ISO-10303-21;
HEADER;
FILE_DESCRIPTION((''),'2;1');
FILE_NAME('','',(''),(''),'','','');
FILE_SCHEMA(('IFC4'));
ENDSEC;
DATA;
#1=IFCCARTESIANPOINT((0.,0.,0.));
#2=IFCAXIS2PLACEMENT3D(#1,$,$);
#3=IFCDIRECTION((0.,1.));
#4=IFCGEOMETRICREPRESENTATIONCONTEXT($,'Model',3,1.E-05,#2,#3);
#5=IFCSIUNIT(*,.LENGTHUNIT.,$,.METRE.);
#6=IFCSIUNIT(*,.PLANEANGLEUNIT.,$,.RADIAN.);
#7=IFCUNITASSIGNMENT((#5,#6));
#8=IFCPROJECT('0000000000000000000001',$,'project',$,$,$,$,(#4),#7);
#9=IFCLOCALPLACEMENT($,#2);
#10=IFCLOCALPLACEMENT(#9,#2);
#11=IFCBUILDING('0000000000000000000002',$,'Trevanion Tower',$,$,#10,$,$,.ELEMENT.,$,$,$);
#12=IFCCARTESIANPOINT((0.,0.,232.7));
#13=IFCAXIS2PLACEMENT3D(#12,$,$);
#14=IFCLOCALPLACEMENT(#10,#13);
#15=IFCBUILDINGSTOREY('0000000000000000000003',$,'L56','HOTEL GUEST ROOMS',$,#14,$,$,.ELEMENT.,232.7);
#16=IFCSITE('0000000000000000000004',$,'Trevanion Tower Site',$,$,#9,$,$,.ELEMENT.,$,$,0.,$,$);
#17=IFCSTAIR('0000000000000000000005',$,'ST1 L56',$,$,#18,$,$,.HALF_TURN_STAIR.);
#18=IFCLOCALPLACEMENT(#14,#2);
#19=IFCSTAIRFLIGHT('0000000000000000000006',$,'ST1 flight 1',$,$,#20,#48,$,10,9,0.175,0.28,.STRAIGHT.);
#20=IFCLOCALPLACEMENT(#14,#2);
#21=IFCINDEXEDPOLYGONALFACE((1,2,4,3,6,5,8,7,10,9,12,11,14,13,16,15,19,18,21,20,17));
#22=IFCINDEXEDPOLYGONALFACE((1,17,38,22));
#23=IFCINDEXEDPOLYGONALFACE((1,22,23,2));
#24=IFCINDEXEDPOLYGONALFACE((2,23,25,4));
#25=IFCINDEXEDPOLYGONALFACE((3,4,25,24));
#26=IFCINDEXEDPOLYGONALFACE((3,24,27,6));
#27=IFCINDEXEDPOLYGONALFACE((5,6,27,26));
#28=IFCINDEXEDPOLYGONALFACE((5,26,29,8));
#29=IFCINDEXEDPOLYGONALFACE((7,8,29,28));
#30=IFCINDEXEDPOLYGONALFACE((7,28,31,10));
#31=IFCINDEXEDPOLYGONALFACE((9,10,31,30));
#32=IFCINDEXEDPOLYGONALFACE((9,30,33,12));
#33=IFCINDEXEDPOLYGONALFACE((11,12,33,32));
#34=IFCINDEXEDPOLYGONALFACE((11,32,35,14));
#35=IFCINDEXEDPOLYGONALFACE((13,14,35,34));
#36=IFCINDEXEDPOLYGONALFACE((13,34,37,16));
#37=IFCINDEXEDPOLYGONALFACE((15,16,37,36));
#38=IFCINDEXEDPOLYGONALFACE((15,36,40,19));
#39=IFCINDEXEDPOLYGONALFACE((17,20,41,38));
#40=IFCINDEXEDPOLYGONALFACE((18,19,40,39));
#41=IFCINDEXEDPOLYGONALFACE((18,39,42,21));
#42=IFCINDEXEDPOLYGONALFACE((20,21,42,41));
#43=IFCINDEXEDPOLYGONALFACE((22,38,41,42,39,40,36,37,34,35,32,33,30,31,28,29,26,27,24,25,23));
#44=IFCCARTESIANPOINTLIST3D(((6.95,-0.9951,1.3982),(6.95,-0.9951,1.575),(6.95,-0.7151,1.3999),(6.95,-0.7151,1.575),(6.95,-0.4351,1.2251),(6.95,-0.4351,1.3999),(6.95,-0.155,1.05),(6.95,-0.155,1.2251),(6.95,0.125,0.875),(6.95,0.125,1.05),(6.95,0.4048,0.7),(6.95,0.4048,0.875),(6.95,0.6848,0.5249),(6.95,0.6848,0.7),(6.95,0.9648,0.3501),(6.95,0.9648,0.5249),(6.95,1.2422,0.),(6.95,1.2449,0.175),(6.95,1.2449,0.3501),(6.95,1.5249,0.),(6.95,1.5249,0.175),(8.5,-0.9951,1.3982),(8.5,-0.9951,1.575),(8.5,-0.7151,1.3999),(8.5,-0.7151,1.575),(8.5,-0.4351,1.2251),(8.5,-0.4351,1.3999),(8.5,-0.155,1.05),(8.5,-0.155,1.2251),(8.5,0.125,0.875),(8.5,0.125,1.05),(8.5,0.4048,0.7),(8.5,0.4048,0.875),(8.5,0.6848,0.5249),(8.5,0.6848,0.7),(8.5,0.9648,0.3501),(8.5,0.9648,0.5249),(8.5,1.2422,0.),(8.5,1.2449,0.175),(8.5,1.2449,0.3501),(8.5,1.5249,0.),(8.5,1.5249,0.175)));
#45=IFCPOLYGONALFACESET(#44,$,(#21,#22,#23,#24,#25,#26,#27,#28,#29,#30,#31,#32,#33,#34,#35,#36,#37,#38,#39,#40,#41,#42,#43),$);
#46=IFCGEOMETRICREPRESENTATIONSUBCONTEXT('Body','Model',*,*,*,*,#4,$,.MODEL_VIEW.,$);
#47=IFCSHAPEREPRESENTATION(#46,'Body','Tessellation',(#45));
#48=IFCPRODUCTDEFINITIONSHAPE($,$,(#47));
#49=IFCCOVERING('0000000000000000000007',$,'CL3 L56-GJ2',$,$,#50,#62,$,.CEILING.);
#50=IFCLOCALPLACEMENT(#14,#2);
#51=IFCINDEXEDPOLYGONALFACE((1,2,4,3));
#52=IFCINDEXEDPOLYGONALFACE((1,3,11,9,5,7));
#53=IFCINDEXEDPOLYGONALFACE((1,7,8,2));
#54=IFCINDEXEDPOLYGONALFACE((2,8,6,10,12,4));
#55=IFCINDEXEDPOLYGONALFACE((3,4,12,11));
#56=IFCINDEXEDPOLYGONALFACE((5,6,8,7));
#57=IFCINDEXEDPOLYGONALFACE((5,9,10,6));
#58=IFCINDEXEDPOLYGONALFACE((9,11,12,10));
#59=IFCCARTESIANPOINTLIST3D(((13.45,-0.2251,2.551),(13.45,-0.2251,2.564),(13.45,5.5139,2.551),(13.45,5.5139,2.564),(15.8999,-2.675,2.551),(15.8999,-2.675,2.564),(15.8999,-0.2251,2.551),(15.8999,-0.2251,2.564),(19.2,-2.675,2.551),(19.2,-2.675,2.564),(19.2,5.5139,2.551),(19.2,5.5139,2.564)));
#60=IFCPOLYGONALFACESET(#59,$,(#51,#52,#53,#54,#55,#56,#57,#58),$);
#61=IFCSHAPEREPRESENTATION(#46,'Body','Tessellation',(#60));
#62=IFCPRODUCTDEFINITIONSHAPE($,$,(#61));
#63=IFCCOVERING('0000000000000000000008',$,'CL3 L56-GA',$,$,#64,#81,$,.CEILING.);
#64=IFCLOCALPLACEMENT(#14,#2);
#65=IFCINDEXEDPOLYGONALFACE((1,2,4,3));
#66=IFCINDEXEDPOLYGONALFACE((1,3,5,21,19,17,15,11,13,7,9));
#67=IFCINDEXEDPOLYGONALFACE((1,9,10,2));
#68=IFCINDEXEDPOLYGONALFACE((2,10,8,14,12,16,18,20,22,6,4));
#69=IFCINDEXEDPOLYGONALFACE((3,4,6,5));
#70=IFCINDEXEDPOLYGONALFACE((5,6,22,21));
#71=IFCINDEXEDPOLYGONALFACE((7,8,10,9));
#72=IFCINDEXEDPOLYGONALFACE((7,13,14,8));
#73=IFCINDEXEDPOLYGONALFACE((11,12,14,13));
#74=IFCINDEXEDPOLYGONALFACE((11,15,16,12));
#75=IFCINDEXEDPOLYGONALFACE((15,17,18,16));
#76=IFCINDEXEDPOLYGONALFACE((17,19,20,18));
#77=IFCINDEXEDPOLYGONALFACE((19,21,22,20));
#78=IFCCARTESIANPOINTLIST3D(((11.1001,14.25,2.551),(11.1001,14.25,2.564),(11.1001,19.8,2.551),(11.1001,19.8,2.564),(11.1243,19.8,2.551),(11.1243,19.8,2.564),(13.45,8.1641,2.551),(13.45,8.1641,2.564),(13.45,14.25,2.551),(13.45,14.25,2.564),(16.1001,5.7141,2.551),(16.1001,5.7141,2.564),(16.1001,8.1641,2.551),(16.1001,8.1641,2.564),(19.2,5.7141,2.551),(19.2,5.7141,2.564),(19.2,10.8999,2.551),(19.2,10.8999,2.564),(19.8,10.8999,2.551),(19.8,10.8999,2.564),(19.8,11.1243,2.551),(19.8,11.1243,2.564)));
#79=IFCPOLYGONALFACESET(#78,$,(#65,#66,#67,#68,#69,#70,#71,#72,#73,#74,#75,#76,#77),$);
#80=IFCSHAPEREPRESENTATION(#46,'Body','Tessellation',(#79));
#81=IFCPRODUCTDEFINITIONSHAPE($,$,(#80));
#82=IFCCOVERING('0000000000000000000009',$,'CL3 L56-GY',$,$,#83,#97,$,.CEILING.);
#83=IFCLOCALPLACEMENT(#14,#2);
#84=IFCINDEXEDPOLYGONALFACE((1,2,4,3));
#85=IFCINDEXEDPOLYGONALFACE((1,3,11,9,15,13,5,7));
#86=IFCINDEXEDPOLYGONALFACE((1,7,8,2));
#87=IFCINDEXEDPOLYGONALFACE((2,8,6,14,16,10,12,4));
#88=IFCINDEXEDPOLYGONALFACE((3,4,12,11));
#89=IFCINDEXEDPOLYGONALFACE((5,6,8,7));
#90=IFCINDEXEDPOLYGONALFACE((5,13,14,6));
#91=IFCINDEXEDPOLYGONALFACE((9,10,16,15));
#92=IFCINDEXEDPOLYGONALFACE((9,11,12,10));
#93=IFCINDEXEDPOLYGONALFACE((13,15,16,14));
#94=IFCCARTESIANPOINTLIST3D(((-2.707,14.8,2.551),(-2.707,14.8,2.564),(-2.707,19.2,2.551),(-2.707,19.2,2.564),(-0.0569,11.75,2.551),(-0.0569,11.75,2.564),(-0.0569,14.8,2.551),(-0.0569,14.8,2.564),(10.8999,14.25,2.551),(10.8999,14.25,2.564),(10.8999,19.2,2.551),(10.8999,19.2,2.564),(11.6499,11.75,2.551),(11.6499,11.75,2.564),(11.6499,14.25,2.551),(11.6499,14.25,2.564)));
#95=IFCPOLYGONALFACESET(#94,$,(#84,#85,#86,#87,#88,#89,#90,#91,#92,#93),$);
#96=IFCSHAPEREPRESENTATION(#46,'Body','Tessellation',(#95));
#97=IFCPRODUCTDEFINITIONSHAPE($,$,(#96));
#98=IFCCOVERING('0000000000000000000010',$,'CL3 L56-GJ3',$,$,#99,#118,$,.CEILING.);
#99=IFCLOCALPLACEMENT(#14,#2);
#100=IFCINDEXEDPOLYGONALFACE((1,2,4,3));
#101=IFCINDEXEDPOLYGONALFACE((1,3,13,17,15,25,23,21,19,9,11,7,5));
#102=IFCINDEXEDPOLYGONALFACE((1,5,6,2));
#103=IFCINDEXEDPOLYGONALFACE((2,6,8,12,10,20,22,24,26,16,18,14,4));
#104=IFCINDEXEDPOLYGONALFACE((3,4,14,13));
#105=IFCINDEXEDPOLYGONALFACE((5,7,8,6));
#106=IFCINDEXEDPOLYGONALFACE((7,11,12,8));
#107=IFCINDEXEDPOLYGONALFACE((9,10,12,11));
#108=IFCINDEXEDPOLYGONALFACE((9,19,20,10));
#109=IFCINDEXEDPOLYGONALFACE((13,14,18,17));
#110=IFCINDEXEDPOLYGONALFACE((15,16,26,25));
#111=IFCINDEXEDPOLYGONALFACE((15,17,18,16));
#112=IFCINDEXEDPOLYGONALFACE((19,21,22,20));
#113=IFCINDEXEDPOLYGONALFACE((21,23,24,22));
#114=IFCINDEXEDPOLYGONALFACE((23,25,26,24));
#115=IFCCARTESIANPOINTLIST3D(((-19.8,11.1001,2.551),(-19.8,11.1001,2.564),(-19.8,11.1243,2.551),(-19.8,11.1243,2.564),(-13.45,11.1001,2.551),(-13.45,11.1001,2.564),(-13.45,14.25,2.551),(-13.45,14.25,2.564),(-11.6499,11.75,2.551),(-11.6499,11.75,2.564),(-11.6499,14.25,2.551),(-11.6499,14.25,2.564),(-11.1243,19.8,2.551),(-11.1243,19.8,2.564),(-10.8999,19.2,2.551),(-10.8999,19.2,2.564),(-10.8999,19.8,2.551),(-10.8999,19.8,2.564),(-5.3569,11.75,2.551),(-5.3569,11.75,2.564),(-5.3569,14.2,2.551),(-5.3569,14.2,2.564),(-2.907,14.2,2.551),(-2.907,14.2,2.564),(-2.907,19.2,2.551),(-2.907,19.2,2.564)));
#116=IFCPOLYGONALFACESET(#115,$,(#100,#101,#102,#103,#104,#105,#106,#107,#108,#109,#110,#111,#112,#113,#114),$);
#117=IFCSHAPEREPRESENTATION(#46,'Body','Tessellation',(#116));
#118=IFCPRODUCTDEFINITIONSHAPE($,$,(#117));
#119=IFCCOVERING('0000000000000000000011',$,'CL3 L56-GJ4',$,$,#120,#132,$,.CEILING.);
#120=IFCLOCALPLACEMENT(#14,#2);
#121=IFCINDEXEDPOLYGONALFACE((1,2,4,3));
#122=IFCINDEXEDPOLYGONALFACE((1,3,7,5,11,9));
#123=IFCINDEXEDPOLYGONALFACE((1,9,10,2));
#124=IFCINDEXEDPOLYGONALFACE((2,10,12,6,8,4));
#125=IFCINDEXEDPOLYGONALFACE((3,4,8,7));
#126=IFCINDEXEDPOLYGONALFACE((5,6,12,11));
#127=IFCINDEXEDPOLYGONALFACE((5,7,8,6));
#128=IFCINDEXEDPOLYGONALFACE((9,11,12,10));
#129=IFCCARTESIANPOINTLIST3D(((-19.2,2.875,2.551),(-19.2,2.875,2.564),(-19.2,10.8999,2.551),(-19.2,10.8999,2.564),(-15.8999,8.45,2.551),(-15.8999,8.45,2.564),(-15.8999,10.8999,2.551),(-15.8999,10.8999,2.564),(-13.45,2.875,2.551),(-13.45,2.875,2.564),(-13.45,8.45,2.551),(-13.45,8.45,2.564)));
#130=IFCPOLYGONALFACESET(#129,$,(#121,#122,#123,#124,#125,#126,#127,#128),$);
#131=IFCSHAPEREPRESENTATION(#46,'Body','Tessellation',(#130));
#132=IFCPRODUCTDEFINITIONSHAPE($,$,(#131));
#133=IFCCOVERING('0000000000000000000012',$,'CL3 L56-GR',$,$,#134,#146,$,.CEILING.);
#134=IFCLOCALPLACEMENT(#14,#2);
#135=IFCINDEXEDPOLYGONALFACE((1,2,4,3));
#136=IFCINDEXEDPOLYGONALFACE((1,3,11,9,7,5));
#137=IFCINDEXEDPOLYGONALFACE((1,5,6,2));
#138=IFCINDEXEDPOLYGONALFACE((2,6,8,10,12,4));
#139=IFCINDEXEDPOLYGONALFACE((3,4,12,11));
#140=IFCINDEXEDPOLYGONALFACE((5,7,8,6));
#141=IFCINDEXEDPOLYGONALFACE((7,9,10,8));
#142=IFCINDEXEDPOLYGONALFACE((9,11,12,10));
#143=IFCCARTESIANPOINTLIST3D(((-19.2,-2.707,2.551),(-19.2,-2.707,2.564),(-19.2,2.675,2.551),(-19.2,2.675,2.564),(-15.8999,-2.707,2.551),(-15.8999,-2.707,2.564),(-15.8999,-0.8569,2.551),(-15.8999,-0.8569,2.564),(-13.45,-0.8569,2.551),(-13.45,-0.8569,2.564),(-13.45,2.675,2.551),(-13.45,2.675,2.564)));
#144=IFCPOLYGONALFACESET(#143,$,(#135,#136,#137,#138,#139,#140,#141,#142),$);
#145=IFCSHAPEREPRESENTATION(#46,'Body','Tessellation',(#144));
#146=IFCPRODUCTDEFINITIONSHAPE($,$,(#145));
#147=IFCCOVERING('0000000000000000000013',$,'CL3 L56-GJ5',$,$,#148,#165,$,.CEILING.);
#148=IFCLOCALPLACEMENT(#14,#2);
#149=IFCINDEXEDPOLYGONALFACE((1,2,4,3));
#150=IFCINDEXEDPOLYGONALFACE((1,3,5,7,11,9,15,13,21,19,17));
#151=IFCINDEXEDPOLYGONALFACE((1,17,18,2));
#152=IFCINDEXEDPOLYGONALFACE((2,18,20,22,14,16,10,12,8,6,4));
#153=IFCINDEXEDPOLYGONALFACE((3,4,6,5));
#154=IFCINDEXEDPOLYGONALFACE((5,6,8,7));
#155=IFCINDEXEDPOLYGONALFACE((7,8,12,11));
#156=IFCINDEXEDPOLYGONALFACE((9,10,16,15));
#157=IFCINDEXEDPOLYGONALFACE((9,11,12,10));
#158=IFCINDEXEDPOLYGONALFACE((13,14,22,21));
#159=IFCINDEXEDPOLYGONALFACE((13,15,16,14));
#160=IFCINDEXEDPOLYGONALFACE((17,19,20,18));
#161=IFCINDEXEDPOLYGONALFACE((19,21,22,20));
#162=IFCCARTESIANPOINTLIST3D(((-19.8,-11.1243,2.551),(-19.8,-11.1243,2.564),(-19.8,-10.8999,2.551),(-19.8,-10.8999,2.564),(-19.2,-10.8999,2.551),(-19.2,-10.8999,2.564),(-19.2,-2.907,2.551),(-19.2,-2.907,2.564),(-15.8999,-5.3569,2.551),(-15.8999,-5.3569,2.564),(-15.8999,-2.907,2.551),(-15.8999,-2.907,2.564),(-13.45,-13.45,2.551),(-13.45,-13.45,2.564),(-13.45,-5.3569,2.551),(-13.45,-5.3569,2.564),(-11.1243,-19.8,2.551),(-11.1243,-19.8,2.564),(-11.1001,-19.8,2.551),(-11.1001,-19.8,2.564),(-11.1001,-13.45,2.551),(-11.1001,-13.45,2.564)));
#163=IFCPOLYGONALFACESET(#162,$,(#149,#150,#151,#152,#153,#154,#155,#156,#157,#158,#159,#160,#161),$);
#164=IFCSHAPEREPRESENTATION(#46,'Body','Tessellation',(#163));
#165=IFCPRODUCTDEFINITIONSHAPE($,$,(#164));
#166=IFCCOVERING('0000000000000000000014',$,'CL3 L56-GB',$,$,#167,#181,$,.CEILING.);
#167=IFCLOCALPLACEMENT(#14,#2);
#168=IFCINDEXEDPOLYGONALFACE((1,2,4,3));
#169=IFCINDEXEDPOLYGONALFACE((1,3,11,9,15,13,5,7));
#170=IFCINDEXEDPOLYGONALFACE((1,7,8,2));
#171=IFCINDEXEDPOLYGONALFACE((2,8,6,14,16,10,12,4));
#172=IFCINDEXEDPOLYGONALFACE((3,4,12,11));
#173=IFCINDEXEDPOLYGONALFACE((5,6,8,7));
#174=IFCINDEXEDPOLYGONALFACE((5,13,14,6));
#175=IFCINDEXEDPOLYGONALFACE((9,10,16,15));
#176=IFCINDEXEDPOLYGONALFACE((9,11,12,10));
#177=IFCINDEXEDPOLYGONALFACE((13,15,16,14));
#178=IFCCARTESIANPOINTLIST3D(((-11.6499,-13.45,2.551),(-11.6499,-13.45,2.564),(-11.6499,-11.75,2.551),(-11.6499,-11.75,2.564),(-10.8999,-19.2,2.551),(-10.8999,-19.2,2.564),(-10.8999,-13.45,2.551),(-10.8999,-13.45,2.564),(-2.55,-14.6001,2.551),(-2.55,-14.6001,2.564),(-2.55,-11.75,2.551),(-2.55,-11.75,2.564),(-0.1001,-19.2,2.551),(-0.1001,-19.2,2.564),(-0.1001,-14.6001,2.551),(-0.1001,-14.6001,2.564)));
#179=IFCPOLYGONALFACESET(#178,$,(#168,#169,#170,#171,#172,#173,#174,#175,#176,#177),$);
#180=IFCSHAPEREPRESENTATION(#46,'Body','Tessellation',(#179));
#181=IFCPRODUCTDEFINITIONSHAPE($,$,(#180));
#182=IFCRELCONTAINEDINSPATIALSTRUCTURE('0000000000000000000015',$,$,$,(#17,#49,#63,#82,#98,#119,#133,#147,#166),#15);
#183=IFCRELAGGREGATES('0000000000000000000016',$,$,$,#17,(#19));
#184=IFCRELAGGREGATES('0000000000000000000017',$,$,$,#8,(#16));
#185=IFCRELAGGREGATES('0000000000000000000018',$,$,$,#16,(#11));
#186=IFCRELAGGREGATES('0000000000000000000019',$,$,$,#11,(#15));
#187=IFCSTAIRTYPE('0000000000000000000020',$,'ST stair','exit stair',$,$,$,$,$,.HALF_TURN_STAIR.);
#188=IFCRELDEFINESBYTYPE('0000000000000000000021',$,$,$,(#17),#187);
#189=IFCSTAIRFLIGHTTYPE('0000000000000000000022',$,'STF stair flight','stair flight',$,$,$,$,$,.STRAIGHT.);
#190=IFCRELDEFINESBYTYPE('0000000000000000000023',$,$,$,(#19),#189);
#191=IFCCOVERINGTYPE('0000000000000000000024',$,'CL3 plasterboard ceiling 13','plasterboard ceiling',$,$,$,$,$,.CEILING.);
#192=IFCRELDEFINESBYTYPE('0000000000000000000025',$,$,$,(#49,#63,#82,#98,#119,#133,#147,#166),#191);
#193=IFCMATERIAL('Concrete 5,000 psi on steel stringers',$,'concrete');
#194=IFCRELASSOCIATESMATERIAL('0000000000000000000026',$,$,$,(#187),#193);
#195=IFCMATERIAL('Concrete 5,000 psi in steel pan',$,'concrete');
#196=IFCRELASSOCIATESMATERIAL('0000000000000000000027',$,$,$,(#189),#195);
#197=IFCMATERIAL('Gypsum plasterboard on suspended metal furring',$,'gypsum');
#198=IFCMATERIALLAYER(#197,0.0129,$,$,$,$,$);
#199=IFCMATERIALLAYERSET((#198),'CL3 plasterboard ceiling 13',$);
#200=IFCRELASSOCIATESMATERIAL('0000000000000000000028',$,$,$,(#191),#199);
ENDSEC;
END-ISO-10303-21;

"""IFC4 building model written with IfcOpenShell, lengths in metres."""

from ifc_helpers import new_model, si_unit, direction, frame, origin, place, context, subcontext, project, spatial, polyline, outline, extrude, material, layer, layer_set, type_object, element, aggregate, save


model = new_model("IFC4")

# Units and contexts
model_context = context("Model", 3, precision=1e-05, world=origin(), true_north=direction((0.0, 1.0)))
body_context = subcontext(model_context, "Body", "Model", "MODEL_VIEW")
ifc_project = project(units=[si_unit("LENGTHUNIT", "METRE"), si_unit("PLANEANGLEUNIT", "RADIAN")], contexts=[model_context])

# Site, building, storey
site_placement = place(None, origin())
site = spatial("IfcSite", under=ifc_project, at=site_placement, Name="Trevanion Tower Site", CompositionType="ELEMENT", RefElevation=0.0)
building_placement = place(site_placement, origin())
building = spatial("IfcBuilding", under=site, at=building_placement, Name="Trevanion Tower", CompositionType="ELEMENT")
storey_placement = place(building_placement, frame((0.0, 0.0, 232.7)))
storey = spatial("IfcBuildingStorey", under=building, at=storey_placement, Name="L56", Description="HOTEL GUEST ROOMS", CompositionType="ELEMENT", Elevation=232.7)

# Stair, stair flight
ifc_material_1 = material(Name="Concrete 5,000 psi on steel stringers", Category="concrete")
stair_type = type_object("IfcStairType", Name="ST stair", Description="exit stair", PredefinedType="HALF_TURN_STAIR", material=ifc_material_1)
stair_placement = place(storey_placement, origin())
stair = element("IfcStair", 1, at=stair_placement, inside=storey, type_object=stair_type, Name="ST1 L56", PredefinedType="HALF_TURN_STAIR")
ifc_material_2 = material(Name="Concrete 5,000 psi in steel pan", Category="concrete")
stair_flight_type = type_object("IfcStairFlightType", Name="STF stair flight", Description="stair flight", PredefinedType="STRAIGHT", material=ifc_material_2)
stair_flight_placement = place(storey_placement, frame((7.7251, 1.5249, 0.0), z_axis=(0.0, 0.0, 1.0), x_axis=(0.0, -1.0, 0.0)))
stair_flight = element("IfcStairFlight", 2, at=stair_flight_placement, type_object=stair_flight_type, Name="ST1 flight 1", NumberOfRisers=10, NumberOfTreads=9, PredefinedType="STRAIGHT", RiserHeight=0.175, TreadLength=0.28, context=body_context, shape_type="SweptSolid", body=[
    extrude(outline(polyline([(0.0, 0.0), (0.0, 0.175), (0.28, 0.175), (0.28, 0.3501), (0.5601, 0.3501), (0.5601, 0.5249), (0.8401, 0.5249), (0.8401, 0.7), (1.1201, 0.7), (1.1201, 0.875), (1.3999, 0.875), (1.3999, 1.05), (1.6799, 1.05), (1.6799, 1.2251), (1.96, 1.2251), (1.96, 1.3999), (2.24, 1.3999), (2.24, 1.575), (2.52, 1.575), (2.52, 1.75), (2.52, 1.3982), (0.2827, 0.0), (0.0, 0.0)])), frame((0.0, 0.7749, 0.0), z_axis=(0.0, -1.0, 0.0), x_axis=(1.0, 0.0, 0.0)), (0.0, 0.0, 1.0), 1.55),
])
aggregate(stair, [stair_flight])

# Coverings
ifc_material_3 = material(Name="Gypsum plasterboard on suspended metal furring", Category="gypsum")
ifc_layer_1 = layer(ifc_material_3, 0.0129)
ifc_layer_set_1 = layer_set([ifc_layer_1], Name="CL3 plasterboard ceiling 13")
covering_type_1 = type_object("IfcCoveringType", Name="CL3 plasterboard ceiling 13", Description="plasterboard ceiling", PredefinedType="CEILING", material=ifc_layer_set_1)
covering_1_placement = place(storey_placement, frame((0.0, 0.0, 2.551)))
element("IfcCovering", 3, at=covering_1_placement, inside=storey, type_object=covering_type_1, Name="CL3 L56-GJ2", PredefinedType="CEILING", context=body_context, shape_type="SweptSolid", body=[
    extrude(outline(polyline([(13.45, 5.5139), (19.2, 5.5139), (19.2, -2.675), (15.8999, -2.675), (15.8999, -0.2251), (13.45, -0.2251), (13.45, 5.5139)])), origin(), (0.0, 0.0, 1.0), 0.0129),
])
covering_2_placement = place(storey_placement, frame((0.0, 0.0, 2.551)))
element("IfcCovering", 4, at=covering_2_placement, inside=storey, type_object=covering_type_1, Name="CL3 L56-GA", PredefinedType="CEILING", context=body_context, shape_type="SweptSolid", body=[
    extrude(outline(polyline([(11.1001, 14.25), (11.1001, 19.8), (11.1243, 19.8), (19.8, 11.1243), (19.8, 10.8999), (19.2, 10.8999), (19.2, 5.7141), (16.1001, 5.7141), (16.1001, 8.1641), (13.45, 8.1641), (13.45, 14.25), (11.1001, 14.25)])), origin(), (0.0, 0.0, 1.0), 0.0129),
])
covering_3_placement = place(storey_placement, frame((0.0, 0.0, 2.551)))
element("IfcCovering", 5, at=covering_3_placement, inside=storey, type_object=covering_type_1, Name="CL3 L56-GY", PredefinedType="CEILING", context=body_context, shape_type="SweptSolid", body=[
    extrude(outline(polyline([(-2.707, 19.2), (10.8999, 19.2), (10.8999, 14.25), (11.6499, 14.25), (11.6499, 11.75), (-0.0569, 11.75), (-0.0569, 14.8), (-2.707, 14.8), (-2.707, 19.2)])), origin(), (0.0, 0.0, 1.0), 0.0129),
])
covering_4_placement = place(storey_placement, frame((0.0, 0.0, 2.551)))
element("IfcCovering", 6, at=covering_4_placement, inside=storey, type_object=covering_type_1, Name="CL3 L56-GJ3", PredefinedType="CEILING", context=body_context, shape_type="SweptSolid", body=[
    extrude(outline(polyline([(-13.45, 11.1001), (-19.8, 11.1001), (-19.8, 11.1243), (-11.1243, 19.8), (-10.8999, 19.8), (-10.8999, 19.2), (-2.907, 19.2), (-2.907, 14.2), (-5.3569, 14.2), (-5.3569, 11.75), (-11.6499, 11.75), (-11.6499, 14.25), (-13.45, 14.25), (-13.45, 11.1001)])), origin(), (0.0, 0.0, 1.0), 0.0129),
])
covering_5_placement = place(storey_placement, frame((0.0, 0.0, 2.551)))
element("IfcCovering", 7, at=covering_5_placement, inside=storey, type_object=covering_type_1, Name="CL3 L56-GJ4", PredefinedType="CEILING", context=body_context, shape_type="SweptSolid", body=[
    extrude(outline(polyline([(-13.45, 2.875), (-19.2, 2.875), (-19.2, 10.8999), (-15.8999, 10.8999), (-15.8999, 8.45), (-13.45, 8.45), (-13.45, 2.875)])), origin(), (0.0, 0.0, 1.0), 0.0129),
])
covering_6_placement = place(storey_placement, frame((0.0, 0.0, 2.551)))
element("IfcCovering", 8, at=covering_6_placement, inside=storey, type_object=covering_type_1, Name="CL3 L56-GR", PredefinedType="CEILING", context=body_context, shape_type="SweptSolid", body=[
    extrude(outline(polyline([(-13.45, -0.8569), (-15.8999, -0.8569), (-15.8999, -2.707), (-19.2, -2.707), (-19.2, 2.675), (-13.45, 2.675), (-13.45, -0.8569)])), origin(), (0.0, 0.0, 1.0), 0.0129),
])
covering_7_placement = place(storey_placement, frame((0.0, 0.0, 2.551)))
element("IfcCovering", 9, at=covering_7_placement, inside=storey, type_object=covering_type_1, Name="CL3 L56-GJ5", PredefinedType="CEILING", context=body_context, shape_type="SweptSolid", body=[
    extrude(outline(polyline([(-11.1001, -13.45), (-11.1001, -19.8), (-11.1243, -19.8), (-19.8, -11.1243), (-19.8, -10.8999), (-19.2, -10.8999), (-19.2, -2.907), (-15.8999, -2.907), (-15.8999, -5.3569), (-13.45, -5.3569), (-13.45, -13.45), (-11.1001, -13.45)])), origin(), (0.0, 0.0, 1.0), 0.0129),
])
covering_8_placement = place(storey_placement, frame((0.0, 0.0, 2.551)))
element("IfcCovering", 10, at=covering_8_placement, inside=storey, type_object=covering_type_1, Name="CL3 L56-GB", PredefinedType="CEILING", context=body_context, shape_type="SweptSolid", body=[
    extrude(outline(polyline([(-0.1001, -19.2), (-10.8999, -19.2), (-10.8999, -13.45), (-11.6499, -13.45), (-11.6499, -11.75), (-2.55, -11.75), (-2.55, -14.6001), (-0.1001, -14.6001), (-0.1001, -19.2)])), origin(), (0.0, 0.0, 1.0), 0.0129),
])

save(model, "model.ifc")
